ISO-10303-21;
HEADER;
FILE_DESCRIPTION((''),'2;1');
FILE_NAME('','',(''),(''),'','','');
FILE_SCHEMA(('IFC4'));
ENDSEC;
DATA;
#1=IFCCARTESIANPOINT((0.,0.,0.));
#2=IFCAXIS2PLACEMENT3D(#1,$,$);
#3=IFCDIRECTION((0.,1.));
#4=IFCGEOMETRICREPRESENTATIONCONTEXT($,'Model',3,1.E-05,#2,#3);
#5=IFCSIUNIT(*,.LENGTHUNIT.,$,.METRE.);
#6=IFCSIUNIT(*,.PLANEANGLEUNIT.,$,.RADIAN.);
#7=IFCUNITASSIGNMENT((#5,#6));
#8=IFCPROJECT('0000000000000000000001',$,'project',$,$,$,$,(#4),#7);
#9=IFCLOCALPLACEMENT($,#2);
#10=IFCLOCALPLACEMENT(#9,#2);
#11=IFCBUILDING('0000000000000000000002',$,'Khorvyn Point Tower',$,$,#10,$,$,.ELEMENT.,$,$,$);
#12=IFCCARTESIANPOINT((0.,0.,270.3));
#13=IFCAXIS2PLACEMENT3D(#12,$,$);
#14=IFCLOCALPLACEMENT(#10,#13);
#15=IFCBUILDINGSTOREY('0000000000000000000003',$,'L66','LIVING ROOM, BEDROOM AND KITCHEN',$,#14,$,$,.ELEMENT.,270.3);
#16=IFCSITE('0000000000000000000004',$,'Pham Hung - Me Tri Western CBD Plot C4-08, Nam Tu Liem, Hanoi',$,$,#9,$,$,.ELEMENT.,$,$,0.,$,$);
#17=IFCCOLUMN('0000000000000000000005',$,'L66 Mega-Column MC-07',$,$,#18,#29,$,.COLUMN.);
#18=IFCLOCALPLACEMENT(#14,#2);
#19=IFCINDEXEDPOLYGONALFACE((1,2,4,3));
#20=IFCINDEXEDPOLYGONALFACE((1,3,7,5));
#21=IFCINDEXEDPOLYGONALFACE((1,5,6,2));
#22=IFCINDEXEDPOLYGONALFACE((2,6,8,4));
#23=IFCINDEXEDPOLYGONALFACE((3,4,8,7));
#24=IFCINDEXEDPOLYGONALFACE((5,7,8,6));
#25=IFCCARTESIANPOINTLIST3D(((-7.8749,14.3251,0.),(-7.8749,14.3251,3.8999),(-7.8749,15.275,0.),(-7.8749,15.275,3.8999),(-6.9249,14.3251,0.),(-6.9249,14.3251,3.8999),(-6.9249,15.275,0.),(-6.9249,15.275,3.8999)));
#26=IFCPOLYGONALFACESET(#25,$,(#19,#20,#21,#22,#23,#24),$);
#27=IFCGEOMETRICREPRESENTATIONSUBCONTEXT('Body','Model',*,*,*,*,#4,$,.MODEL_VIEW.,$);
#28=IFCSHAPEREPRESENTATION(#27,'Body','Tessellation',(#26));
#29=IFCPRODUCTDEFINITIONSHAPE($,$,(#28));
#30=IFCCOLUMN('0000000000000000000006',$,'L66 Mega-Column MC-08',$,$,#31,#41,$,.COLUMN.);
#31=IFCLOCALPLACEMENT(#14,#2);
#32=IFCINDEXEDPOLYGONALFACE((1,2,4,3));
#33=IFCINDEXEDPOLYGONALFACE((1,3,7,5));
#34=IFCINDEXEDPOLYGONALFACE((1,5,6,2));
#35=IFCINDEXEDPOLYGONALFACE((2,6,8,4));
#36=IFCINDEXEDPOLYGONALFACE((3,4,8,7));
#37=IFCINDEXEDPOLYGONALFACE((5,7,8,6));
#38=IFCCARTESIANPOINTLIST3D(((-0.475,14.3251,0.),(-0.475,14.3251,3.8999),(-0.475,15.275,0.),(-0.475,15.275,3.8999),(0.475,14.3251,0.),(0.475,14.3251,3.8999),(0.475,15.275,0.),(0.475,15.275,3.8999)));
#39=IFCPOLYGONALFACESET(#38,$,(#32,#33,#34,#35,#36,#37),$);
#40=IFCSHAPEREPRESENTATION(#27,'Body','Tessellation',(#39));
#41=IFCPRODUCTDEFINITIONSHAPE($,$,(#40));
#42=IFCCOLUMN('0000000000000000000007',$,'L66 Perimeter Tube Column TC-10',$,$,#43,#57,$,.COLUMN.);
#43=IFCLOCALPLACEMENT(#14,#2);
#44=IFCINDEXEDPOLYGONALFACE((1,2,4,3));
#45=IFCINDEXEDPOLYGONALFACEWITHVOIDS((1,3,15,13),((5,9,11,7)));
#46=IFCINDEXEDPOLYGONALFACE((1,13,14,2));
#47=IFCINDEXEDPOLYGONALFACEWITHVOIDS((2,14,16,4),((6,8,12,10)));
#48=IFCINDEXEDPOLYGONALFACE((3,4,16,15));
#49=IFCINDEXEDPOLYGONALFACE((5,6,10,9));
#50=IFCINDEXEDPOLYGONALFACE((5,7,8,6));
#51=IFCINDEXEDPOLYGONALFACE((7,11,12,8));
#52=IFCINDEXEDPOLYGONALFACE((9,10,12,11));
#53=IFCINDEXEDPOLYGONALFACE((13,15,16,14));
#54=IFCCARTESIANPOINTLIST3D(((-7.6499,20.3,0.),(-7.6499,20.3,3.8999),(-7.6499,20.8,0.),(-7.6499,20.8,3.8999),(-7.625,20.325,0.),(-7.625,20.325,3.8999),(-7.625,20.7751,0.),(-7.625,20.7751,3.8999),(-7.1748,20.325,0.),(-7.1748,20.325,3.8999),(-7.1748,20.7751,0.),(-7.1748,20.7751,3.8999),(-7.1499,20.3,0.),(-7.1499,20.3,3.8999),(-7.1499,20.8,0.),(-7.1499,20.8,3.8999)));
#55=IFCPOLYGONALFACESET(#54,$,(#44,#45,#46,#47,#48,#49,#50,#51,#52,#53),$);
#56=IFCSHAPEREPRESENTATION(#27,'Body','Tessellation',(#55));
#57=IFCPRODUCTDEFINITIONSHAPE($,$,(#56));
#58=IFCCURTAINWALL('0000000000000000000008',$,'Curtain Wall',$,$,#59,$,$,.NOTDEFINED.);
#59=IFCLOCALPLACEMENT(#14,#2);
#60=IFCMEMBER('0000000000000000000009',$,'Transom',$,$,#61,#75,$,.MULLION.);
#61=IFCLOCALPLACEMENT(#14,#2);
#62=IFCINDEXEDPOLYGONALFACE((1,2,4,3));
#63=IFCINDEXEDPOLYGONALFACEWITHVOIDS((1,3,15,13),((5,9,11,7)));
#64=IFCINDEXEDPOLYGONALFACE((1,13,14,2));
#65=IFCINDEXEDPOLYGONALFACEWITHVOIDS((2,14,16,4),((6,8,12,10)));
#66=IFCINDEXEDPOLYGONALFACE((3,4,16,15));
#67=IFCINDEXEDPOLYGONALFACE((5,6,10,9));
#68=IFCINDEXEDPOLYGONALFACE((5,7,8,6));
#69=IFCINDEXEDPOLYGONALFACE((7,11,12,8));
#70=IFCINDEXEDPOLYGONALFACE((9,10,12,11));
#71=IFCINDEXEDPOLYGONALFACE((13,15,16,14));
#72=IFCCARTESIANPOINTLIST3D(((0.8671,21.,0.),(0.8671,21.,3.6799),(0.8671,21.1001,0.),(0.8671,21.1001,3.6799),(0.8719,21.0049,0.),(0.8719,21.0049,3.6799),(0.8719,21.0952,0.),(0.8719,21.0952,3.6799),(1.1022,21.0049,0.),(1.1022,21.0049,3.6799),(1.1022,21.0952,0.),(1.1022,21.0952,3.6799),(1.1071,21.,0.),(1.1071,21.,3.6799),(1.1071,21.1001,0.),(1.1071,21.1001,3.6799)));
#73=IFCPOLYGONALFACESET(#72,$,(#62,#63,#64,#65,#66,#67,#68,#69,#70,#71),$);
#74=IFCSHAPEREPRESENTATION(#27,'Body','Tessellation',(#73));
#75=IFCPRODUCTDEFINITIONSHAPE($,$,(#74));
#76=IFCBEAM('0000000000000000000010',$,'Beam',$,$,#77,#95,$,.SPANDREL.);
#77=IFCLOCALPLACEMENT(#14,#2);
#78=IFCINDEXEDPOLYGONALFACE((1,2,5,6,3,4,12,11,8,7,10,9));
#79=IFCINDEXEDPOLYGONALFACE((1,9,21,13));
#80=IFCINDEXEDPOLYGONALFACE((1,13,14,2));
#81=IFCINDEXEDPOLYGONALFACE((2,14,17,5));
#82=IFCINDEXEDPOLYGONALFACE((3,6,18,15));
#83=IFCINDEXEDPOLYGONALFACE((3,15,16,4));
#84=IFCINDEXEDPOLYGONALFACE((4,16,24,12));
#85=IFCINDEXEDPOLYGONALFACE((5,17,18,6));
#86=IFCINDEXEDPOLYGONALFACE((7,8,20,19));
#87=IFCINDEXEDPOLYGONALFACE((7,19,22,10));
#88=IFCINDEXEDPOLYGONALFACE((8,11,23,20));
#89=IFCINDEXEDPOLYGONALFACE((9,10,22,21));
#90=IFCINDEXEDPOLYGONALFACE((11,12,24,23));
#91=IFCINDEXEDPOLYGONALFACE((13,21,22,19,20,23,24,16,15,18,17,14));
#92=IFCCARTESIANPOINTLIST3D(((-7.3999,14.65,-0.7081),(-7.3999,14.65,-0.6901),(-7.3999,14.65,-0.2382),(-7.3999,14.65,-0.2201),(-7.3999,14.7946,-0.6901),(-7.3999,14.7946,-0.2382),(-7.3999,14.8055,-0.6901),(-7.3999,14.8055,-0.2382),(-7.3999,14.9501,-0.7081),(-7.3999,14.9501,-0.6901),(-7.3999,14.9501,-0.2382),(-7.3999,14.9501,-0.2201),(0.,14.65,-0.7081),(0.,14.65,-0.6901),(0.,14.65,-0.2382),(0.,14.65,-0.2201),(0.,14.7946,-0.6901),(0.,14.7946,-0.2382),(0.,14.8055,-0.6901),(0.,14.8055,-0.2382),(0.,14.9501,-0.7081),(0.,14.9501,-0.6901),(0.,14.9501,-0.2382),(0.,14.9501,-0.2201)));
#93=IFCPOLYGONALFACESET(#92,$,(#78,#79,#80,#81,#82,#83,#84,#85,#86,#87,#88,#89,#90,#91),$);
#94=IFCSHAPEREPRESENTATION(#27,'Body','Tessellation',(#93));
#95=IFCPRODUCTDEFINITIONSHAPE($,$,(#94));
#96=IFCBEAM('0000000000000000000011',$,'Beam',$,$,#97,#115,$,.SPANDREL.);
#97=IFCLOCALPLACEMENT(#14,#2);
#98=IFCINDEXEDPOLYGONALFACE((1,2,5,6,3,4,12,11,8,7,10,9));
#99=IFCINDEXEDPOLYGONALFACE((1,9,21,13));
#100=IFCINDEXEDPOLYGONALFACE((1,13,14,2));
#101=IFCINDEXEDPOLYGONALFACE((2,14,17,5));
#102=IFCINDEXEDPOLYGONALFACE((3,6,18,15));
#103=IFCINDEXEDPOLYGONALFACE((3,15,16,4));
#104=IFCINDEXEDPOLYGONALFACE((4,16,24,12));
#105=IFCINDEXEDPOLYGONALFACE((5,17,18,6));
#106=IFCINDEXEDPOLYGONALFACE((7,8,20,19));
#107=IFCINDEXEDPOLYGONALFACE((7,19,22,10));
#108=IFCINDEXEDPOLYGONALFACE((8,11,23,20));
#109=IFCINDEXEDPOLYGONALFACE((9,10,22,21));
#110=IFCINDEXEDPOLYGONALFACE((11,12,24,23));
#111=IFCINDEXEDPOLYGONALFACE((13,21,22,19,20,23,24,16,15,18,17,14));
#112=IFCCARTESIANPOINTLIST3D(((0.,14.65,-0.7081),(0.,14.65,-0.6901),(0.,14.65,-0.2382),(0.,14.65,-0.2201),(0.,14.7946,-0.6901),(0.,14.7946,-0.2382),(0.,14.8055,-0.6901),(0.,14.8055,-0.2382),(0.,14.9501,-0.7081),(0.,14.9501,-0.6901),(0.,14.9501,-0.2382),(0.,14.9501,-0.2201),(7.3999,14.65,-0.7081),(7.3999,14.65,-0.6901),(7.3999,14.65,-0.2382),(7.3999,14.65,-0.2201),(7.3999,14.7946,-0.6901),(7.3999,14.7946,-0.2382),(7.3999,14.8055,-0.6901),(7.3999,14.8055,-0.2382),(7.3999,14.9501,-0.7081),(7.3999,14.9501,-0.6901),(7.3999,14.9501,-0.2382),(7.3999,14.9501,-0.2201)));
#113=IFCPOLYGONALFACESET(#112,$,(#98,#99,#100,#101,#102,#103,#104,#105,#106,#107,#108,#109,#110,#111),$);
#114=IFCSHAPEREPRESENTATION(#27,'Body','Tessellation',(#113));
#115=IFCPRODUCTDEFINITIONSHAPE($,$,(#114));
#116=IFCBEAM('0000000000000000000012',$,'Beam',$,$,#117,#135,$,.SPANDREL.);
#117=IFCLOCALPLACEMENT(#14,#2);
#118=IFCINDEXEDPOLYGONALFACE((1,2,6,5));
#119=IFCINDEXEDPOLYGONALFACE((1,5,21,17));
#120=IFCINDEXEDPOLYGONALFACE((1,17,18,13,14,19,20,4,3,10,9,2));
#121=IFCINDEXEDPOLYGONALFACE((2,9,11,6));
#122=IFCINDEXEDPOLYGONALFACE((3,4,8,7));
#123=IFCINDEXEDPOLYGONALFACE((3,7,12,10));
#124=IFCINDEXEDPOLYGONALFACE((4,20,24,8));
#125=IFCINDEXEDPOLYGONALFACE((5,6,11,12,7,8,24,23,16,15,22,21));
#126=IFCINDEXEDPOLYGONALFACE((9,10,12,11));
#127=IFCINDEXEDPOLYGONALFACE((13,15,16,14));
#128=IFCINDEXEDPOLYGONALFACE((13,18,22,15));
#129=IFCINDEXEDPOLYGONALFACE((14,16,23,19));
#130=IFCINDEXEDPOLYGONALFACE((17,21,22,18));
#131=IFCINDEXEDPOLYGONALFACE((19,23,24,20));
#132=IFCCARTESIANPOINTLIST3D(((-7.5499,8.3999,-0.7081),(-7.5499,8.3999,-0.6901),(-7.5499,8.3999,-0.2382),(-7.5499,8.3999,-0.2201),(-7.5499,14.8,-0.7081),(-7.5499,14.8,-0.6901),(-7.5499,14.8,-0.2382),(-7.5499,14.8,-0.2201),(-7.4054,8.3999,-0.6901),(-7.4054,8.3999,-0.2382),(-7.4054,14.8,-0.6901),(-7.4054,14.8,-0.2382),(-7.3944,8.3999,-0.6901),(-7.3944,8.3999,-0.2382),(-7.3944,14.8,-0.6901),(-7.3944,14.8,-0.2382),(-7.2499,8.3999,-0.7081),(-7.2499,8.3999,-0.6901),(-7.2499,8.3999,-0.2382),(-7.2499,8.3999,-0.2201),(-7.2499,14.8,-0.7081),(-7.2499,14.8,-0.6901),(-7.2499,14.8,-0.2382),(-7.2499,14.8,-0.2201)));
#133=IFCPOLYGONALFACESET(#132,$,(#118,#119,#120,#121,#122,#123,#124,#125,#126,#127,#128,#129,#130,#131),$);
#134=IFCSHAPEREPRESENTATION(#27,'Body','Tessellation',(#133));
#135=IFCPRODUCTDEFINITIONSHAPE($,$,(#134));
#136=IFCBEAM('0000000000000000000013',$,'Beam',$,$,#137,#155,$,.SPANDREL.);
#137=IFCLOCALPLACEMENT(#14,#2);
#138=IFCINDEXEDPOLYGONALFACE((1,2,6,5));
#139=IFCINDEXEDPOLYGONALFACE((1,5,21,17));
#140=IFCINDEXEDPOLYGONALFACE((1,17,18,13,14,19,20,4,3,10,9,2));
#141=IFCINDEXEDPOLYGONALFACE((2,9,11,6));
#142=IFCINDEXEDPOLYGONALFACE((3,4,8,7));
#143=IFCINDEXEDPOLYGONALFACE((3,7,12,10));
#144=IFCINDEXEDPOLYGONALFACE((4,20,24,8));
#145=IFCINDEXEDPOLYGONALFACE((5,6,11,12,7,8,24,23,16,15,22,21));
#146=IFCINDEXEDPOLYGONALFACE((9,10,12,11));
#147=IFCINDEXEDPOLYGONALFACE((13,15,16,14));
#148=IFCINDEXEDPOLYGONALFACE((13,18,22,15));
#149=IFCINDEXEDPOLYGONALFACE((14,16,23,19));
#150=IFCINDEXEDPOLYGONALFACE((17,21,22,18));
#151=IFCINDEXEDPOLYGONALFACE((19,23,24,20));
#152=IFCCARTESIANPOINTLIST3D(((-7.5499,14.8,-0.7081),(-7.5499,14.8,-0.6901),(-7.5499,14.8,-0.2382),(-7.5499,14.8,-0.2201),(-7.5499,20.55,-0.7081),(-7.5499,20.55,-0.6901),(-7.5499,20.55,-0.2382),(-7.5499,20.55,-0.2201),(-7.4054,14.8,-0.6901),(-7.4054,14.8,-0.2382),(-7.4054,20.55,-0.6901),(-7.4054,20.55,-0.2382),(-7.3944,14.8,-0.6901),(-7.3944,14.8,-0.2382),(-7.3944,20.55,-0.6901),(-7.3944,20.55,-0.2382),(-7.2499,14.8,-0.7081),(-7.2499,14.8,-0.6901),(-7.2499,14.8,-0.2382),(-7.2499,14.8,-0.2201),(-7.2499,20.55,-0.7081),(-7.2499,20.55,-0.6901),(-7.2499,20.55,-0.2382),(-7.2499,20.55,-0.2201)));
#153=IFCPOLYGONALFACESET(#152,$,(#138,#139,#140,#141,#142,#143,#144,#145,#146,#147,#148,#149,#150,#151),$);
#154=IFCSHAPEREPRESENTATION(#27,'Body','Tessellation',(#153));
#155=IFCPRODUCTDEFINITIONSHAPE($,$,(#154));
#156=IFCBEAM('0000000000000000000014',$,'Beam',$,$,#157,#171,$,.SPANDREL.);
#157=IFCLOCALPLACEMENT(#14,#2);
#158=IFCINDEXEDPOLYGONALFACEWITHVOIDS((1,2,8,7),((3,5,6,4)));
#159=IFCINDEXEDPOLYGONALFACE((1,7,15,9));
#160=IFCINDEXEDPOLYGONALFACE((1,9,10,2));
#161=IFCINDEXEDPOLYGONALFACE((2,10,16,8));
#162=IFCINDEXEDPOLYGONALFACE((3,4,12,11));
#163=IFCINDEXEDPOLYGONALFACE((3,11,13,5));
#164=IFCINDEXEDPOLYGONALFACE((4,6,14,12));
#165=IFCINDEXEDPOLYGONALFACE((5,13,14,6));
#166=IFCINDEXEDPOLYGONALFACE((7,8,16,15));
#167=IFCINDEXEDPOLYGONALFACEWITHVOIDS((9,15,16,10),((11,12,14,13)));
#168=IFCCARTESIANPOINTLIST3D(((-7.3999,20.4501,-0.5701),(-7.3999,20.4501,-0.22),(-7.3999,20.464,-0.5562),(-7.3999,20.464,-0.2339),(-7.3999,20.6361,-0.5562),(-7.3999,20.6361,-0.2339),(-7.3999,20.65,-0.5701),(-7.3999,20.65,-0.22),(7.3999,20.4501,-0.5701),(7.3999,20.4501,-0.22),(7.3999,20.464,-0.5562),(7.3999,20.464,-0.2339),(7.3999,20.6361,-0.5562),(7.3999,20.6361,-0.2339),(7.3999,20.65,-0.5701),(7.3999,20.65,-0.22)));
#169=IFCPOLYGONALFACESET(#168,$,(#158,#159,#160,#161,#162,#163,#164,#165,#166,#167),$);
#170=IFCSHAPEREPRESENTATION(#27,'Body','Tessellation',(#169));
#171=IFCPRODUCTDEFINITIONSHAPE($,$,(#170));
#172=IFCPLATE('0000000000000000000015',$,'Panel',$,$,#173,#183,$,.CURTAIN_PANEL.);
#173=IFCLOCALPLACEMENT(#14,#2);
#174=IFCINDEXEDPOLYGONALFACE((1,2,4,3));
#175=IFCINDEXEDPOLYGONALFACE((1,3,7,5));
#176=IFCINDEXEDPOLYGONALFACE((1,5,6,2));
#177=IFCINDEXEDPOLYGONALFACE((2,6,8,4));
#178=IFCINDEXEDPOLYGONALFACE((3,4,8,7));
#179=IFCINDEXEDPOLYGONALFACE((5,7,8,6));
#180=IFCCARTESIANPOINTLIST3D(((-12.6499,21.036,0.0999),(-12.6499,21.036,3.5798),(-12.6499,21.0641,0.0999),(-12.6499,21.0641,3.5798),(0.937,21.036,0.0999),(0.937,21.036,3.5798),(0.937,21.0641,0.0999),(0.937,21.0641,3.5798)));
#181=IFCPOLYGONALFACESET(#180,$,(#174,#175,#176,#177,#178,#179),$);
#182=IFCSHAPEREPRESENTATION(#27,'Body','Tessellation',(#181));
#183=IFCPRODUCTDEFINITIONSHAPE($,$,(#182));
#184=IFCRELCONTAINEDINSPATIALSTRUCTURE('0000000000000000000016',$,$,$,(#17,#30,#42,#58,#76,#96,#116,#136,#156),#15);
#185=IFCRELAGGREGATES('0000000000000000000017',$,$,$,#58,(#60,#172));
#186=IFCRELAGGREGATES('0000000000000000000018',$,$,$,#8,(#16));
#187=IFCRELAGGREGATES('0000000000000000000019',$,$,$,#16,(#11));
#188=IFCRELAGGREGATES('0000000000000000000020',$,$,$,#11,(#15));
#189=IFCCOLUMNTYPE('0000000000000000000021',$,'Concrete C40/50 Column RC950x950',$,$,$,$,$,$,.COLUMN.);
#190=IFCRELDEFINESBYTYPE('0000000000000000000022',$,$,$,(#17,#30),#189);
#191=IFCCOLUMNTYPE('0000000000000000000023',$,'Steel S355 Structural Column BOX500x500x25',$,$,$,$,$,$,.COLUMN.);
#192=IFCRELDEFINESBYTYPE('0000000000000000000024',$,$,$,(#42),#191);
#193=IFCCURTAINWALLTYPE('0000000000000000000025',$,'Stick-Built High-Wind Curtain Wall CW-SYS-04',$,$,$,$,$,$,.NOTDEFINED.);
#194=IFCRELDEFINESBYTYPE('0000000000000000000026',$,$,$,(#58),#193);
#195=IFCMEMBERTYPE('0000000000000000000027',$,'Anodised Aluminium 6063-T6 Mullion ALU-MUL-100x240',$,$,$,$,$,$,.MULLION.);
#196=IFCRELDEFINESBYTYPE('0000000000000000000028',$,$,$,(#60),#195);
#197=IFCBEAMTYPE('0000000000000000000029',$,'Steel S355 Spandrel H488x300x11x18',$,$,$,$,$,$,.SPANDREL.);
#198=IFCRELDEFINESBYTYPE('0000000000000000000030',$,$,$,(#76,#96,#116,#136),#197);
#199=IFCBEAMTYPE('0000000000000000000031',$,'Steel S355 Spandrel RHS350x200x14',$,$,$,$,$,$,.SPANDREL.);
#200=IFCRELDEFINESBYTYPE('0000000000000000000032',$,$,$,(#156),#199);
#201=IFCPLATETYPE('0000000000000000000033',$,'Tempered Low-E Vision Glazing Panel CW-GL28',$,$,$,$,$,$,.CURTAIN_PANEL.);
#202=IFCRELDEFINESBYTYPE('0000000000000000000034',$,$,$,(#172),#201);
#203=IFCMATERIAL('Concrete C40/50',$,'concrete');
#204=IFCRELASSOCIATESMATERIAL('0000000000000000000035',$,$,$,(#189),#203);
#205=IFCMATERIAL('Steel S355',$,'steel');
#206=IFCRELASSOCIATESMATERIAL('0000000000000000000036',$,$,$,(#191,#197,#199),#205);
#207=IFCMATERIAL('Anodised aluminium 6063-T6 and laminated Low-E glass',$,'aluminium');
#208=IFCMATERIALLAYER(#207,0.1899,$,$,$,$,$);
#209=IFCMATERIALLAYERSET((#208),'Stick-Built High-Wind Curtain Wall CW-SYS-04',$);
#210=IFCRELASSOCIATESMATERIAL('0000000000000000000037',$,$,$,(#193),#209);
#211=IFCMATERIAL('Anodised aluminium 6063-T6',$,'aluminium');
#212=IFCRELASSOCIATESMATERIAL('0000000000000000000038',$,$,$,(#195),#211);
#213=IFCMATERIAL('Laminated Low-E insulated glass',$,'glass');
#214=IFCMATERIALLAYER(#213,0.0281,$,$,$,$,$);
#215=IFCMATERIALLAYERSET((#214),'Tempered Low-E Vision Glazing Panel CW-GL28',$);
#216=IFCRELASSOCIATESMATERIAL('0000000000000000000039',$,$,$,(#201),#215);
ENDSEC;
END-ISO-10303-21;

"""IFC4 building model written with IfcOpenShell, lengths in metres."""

from ifc_helpers import new_model, si_unit, direction, frame, origin, origin_2d, place, context, subcontext, project, spatial, rectangle, hollow_rectangle, i_section, extrude, material, layer, layer_set, material_profile, profile_set, type_object, element, aggregate, save


model = new_model("IFC4")

# Units and contexts
model_context = context("Model", 3, precision=1e-05, world=origin(), true_north=direction((0.0, 1.0)))
body_context = subcontext(model_context, "Body", "Model", "MODEL_VIEW")
ifc_project = project(units=[si_unit("LENGTHUNIT", "METRE"), si_unit("PLANEANGLEUNIT", "RADIAN")], contexts=[model_context])

# Site, building, storey
site_placement = place(None, origin())
site = spatial("IfcSite", under=ifc_project, at=site_placement, Name="Pham Hung - Me Tri Western CBD Plot C4-08, Nam Tu Liem, Hanoi", CompositionType="ELEMENT", RefElevation=0.0)
building_placement = place(site_placement, origin())
building = spatial("IfcBuilding", under=site, at=building_placement, Name="Khorvyn Point Tower", CompositionType="ELEMENT")
storey_placement = place(building_placement, frame((0.0, 0.0, 270.3)))
storey = spatial("IfcBuildingStorey", under=building, at=storey_placement, Name="L66", Description="LIVING ROOM, BEDROOM AND KITCHEN", CompositionType="ELEMENT", Elevation=270.3)

# Columns
ifc_material_1 = material(Name="Concrete C40/50", Category="concrete")
ifc_material_profile_1 = material_profile(ifc_material_1, rectangle(XDim=0.95, YDim=0.95, at=origin_2d()))
ifc_profile_set_1 = profile_set([ifc_material_profile_1], Name="Concrete C40/50 RC950x950")
column_type_1 = type_object("IfcColumnType", Name="Concrete C40/50 Column RC950x950", PredefinedType="COLUMN", material=ifc_profile_set_1)
for number, where, z_axis, x_axis, name in (
    (1, (-7.3999, 14.8, 0.0), (0.0, 0.0, 1.0), (1.0, 0.0, 0.0), "L66 Mega-Column MC-07"),
    (2, (0.0, 14.8, 0.0), (0.0, 0.0, 1.0), (1.0, 0.0, 0.0), "L66 Mega-Column MC-08"),
):
    element("IfcColumn", number, at=place(storey_placement, frame(where, z_axis=z_axis, x_axis=x_axis)), inside=storey, type_object=column_type_1, Name=name, PredefinedType="COLUMN", context=body_context, shape_type="SweptSolid", body=[
        extrude(rectangle(XDim=0.95, YDim=0.95, at=origin_2d()), origin(), (0.0, 0.0, 1.0), 3.8999),
    ])
ifc_material_2 = material(Name="Steel S355", Category="steel")
ifc_material_profile_2 = material_profile(ifc_material_2, hollow_rectangle(XDim=0.5, YDim=0.5, WallThickness=0.0249, at=origin_2d()))
ifc_profile_set_2 = profile_set([ifc_material_profile_2], Name="Steel S355 BOX500x500x25")
column_type_2 = type_object("IfcColumnType", Name="Steel S355 Structural Column BOX500x500x25", PredefinedType="COLUMN", material=ifc_profile_set_2)
column_placement = place(storey_placement, frame((-7.3999, 20.55, 0.0), z_axis=(0.0, 0.0, 1.0), x_axis=(1.0, 0.0, 0.0)))
element("IfcColumn", 3, at=column_placement, inside=storey, type_object=column_type_2, Name="L66 Perimeter Tube Column TC-10", PredefinedType="COLUMN", context=body_context, shape_type="SweptSolid", body=[
    extrude(hollow_rectangle(XDim=0.5, YDim=0.5, WallThickness=0.0249, at=origin_2d()), origin(), (0.0, 0.0, 1.0), 3.8999),
])

# Curtain wall, member
ifc_material_3 = material(Name="Anodised aluminium 6063-T6 and laminated Low-E glass", Category="aluminium")
ifc_layer_1 = layer(ifc_material_3, 0.1899)
ifc_layer_set_1 = layer_set([ifc_layer_1], Name="Stick-Built High-Wind Curtain Wall CW-SYS-04")
curtain_wall_type = type_object("IfcCurtainWallType", Name="Stick-Built High-Wind Curtain Wall CW-SYS-04", PredefinedType="NOTDEFINED", material=ifc_layer_set_1)
curtain_wall_placement = place(storey_placement, origin())
curtain_wall = element("IfcCurtainWall", 4, at=curtain_wall_placement, inside=storey, type_object=curtain_wall_type, Name="Curtain Wall", PredefinedType="NOTDEFINED")
ifc_material_4 = material(Name="Anodised aluminium 6063-T6", Category="aluminium")
ifc_material_profile_3 = material_profile(ifc_material_4, hollow_rectangle(XDim=0.1001, YDim=0.24, WallThickness=0.0049, at=origin_2d()))
ifc_profile_set_3 = profile_set([ifc_material_profile_3], Name="Anodised aluminium 6063-T6 ALU-MUL-100x240")
member_type = type_object("IfcMemberType", Name="Anodised Aluminium 6063-T6 Mullion ALU-MUL-100x240", PredefinedType="MULLION", material=ifc_profile_set_3)
member_placement = place(storey_placement, frame((0.9871, 21.05, 0.0), z_axis=(0.0, 0.0, 1.0), x_axis=(0.0, 1.0, 0.0)))
member = element("IfcMember", 5, at=member_placement, type_object=member_type, Name="Transom", PredefinedType="MULLION", context=body_context, shape_type="SweptSolid", body=[
    extrude(hollow_rectangle(XDim=0.1001, YDim=0.24, WallThickness=0.0049, at=origin_2d()), origin(), (0.0, 0.0, 1.0), 3.6799),
])

# Beams
ifc_material_profile_4 = material_profile(ifc_material_2, i_section(OverallWidth=0.3, OverallDepth=0.488, WebThickness=0.011, FlangeThickness=0.0181, at=origin_2d()))
ifc_profile_set_4 = profile_set([ifc_material_profile_4], Name="Steel S355 H488x300x11x18")
beam_type_1 = type_object("IfcBeamType", Name="Steel S355 Spandrel H488x300x11x18", PredefinedType="SPANDREL", material=ifc_profile_set_4)
for number, where, z_axis, x_axis, name in (
    (6, (-7.3999, 14.8, -0.4641), (1.0, 0.0, 0.0), (0.0, 1.0, 0.0), "Beam"),
    (7, (0.0, 14.8, -0.4641), (1.0, 0.0, 0.0), (0.0, 1.0, 0.0), "Beam"),
):
    element("IfcBeam", number, at=place(storey_placement, frame(where, z_axis=z_axis, x_axis=x_axis)), inside=storey, type_object=beam_type_1, Name=name, PredefinedType="SPANDREL", context=body_context, shape_type="SweptSolid", body=[
        extrude(i_section(OverallWidth=0.3, OverallDepth=0.488, WebThickness=0.011, FlangeThickness=0.0181, at=origin_2d()), origin(), (0.0, 0.0, 1.0), 7.3999),
    ])
beam_1_placement = place(storey_placement, frame((-7.3999, 8.3999, -0.4641), z_axis=(0.0, 1.0, 0.0), x_axis=(-1.0, 0.0, 0.0)))
element("IfcBeam", 8, at=beam_1_placement, inside=storey, type_object=beam_type_1, Name="Beam", PredefinedType="SPANDREL", context=body_context, shape_type="SweptSolid", body=[
    extrude(i_section(OverallWidth=0.3, OverallDepth=0.488, WebThickness=0.011, FlangeThickness=0.0181, at=origin_2d()), origin(), (0.0, 0.0, 1.0), 6.4001),
])
beam_2_placement = place(storey_placement, frame((-7.3999, 14.8, -0.4641), z_axis=(0.0, 1.0, 0.0), x_axis=(-1.0, 0.0, 0.0)))
element("IfcBeam", 9, at=beam_2_placement, inside=storey, type_object=beam_type_1, Name="Beam", PredefinedType="SPANDREL", context=body_context, shape_type="SweptSolid", body=[
    extrude(i_section(OverallWidth=0.3, OverallDepth=0.488, WebThickness=0.011, FlangeThickness=0.0181, at=origin_2d()), origin(), (0.0, 0.0, 1.0), 5.75),
])
ifc_material_profile_5 = material_profile(ifc_material_2, hollow_rectangle(XDim=0.2, YDim=0.3501, WallThickness=0.0139, at=origin_2d()))
ifc_profile_set_5 = profile_set([ifc_material_profile_5], Name="Steel S355 RHS350x200x14")
beam_type_2 = type_object("IfcBeamType", Name="Steel S355 Spandrel RHS350x200x14", PredefinedType="SPANDREL", material=ifc_profile_set_5)
beam_3_placement = place(storey_placement, frame((-7.3999, 20.55, -0.395), z_axis=(1.0, 0.0, 0.0), x_axis=(0.0, 1.0, 0.0)))
element("IfcBeam", 10, at=beam_3_placement, inside=storey, type_object=beam_type_2, Name="Beam", PredefinedType="SPANDREL", context=body_context, shape_type="SweptSolid", body=[
    extrude(hollow_rectangle(XDim=0.2, YDim=0.3501, WallThickness=0.0139, at=origin_2d()), origin(), (0.0, 0.0, 1.0), 14.7998),
])

# Plate
ifc_material_5 = material(Name="Laminated Low-E insulated glass", Category="glass")
ifc_layer_2 = layer(ifc_material_5, 0.0281)
ifc_layer_set_2 = layer_set([ifc_layer_2], Name="Tempered Low-E Vision Glazing Panel CW-GL28")
plate_type = type_object("IfcPlateType", Name="Tempered Low-E Vision Glazing Panel CW-GL28", PredefinedType="CURTAIN_PANEL", material=ifc_layer_set_2)
plate_placement = place(storey_placement, frame((-5.8564, 21.05, 0.0999), z_axis=(0.0, 0.0, 1.0), x_axis=(1.0, 0.0, 0.0)))
plate = element("IfcPlate", 11, at=plate_placement, type_object=plate_type, Name="Panel", PredefinedType="CURTAIN_PANEL", context=body_context, shape_type="SweptSolid", body=[
    extrude(rectangle(XDim=13.5869, YDim=0.0281, at=origin_2d()), origin(), (0.0, 0.0, 1.0), 3.48),
])
aggregate(curtain_wall, [member, plate])

save(model, "model.ifc")
